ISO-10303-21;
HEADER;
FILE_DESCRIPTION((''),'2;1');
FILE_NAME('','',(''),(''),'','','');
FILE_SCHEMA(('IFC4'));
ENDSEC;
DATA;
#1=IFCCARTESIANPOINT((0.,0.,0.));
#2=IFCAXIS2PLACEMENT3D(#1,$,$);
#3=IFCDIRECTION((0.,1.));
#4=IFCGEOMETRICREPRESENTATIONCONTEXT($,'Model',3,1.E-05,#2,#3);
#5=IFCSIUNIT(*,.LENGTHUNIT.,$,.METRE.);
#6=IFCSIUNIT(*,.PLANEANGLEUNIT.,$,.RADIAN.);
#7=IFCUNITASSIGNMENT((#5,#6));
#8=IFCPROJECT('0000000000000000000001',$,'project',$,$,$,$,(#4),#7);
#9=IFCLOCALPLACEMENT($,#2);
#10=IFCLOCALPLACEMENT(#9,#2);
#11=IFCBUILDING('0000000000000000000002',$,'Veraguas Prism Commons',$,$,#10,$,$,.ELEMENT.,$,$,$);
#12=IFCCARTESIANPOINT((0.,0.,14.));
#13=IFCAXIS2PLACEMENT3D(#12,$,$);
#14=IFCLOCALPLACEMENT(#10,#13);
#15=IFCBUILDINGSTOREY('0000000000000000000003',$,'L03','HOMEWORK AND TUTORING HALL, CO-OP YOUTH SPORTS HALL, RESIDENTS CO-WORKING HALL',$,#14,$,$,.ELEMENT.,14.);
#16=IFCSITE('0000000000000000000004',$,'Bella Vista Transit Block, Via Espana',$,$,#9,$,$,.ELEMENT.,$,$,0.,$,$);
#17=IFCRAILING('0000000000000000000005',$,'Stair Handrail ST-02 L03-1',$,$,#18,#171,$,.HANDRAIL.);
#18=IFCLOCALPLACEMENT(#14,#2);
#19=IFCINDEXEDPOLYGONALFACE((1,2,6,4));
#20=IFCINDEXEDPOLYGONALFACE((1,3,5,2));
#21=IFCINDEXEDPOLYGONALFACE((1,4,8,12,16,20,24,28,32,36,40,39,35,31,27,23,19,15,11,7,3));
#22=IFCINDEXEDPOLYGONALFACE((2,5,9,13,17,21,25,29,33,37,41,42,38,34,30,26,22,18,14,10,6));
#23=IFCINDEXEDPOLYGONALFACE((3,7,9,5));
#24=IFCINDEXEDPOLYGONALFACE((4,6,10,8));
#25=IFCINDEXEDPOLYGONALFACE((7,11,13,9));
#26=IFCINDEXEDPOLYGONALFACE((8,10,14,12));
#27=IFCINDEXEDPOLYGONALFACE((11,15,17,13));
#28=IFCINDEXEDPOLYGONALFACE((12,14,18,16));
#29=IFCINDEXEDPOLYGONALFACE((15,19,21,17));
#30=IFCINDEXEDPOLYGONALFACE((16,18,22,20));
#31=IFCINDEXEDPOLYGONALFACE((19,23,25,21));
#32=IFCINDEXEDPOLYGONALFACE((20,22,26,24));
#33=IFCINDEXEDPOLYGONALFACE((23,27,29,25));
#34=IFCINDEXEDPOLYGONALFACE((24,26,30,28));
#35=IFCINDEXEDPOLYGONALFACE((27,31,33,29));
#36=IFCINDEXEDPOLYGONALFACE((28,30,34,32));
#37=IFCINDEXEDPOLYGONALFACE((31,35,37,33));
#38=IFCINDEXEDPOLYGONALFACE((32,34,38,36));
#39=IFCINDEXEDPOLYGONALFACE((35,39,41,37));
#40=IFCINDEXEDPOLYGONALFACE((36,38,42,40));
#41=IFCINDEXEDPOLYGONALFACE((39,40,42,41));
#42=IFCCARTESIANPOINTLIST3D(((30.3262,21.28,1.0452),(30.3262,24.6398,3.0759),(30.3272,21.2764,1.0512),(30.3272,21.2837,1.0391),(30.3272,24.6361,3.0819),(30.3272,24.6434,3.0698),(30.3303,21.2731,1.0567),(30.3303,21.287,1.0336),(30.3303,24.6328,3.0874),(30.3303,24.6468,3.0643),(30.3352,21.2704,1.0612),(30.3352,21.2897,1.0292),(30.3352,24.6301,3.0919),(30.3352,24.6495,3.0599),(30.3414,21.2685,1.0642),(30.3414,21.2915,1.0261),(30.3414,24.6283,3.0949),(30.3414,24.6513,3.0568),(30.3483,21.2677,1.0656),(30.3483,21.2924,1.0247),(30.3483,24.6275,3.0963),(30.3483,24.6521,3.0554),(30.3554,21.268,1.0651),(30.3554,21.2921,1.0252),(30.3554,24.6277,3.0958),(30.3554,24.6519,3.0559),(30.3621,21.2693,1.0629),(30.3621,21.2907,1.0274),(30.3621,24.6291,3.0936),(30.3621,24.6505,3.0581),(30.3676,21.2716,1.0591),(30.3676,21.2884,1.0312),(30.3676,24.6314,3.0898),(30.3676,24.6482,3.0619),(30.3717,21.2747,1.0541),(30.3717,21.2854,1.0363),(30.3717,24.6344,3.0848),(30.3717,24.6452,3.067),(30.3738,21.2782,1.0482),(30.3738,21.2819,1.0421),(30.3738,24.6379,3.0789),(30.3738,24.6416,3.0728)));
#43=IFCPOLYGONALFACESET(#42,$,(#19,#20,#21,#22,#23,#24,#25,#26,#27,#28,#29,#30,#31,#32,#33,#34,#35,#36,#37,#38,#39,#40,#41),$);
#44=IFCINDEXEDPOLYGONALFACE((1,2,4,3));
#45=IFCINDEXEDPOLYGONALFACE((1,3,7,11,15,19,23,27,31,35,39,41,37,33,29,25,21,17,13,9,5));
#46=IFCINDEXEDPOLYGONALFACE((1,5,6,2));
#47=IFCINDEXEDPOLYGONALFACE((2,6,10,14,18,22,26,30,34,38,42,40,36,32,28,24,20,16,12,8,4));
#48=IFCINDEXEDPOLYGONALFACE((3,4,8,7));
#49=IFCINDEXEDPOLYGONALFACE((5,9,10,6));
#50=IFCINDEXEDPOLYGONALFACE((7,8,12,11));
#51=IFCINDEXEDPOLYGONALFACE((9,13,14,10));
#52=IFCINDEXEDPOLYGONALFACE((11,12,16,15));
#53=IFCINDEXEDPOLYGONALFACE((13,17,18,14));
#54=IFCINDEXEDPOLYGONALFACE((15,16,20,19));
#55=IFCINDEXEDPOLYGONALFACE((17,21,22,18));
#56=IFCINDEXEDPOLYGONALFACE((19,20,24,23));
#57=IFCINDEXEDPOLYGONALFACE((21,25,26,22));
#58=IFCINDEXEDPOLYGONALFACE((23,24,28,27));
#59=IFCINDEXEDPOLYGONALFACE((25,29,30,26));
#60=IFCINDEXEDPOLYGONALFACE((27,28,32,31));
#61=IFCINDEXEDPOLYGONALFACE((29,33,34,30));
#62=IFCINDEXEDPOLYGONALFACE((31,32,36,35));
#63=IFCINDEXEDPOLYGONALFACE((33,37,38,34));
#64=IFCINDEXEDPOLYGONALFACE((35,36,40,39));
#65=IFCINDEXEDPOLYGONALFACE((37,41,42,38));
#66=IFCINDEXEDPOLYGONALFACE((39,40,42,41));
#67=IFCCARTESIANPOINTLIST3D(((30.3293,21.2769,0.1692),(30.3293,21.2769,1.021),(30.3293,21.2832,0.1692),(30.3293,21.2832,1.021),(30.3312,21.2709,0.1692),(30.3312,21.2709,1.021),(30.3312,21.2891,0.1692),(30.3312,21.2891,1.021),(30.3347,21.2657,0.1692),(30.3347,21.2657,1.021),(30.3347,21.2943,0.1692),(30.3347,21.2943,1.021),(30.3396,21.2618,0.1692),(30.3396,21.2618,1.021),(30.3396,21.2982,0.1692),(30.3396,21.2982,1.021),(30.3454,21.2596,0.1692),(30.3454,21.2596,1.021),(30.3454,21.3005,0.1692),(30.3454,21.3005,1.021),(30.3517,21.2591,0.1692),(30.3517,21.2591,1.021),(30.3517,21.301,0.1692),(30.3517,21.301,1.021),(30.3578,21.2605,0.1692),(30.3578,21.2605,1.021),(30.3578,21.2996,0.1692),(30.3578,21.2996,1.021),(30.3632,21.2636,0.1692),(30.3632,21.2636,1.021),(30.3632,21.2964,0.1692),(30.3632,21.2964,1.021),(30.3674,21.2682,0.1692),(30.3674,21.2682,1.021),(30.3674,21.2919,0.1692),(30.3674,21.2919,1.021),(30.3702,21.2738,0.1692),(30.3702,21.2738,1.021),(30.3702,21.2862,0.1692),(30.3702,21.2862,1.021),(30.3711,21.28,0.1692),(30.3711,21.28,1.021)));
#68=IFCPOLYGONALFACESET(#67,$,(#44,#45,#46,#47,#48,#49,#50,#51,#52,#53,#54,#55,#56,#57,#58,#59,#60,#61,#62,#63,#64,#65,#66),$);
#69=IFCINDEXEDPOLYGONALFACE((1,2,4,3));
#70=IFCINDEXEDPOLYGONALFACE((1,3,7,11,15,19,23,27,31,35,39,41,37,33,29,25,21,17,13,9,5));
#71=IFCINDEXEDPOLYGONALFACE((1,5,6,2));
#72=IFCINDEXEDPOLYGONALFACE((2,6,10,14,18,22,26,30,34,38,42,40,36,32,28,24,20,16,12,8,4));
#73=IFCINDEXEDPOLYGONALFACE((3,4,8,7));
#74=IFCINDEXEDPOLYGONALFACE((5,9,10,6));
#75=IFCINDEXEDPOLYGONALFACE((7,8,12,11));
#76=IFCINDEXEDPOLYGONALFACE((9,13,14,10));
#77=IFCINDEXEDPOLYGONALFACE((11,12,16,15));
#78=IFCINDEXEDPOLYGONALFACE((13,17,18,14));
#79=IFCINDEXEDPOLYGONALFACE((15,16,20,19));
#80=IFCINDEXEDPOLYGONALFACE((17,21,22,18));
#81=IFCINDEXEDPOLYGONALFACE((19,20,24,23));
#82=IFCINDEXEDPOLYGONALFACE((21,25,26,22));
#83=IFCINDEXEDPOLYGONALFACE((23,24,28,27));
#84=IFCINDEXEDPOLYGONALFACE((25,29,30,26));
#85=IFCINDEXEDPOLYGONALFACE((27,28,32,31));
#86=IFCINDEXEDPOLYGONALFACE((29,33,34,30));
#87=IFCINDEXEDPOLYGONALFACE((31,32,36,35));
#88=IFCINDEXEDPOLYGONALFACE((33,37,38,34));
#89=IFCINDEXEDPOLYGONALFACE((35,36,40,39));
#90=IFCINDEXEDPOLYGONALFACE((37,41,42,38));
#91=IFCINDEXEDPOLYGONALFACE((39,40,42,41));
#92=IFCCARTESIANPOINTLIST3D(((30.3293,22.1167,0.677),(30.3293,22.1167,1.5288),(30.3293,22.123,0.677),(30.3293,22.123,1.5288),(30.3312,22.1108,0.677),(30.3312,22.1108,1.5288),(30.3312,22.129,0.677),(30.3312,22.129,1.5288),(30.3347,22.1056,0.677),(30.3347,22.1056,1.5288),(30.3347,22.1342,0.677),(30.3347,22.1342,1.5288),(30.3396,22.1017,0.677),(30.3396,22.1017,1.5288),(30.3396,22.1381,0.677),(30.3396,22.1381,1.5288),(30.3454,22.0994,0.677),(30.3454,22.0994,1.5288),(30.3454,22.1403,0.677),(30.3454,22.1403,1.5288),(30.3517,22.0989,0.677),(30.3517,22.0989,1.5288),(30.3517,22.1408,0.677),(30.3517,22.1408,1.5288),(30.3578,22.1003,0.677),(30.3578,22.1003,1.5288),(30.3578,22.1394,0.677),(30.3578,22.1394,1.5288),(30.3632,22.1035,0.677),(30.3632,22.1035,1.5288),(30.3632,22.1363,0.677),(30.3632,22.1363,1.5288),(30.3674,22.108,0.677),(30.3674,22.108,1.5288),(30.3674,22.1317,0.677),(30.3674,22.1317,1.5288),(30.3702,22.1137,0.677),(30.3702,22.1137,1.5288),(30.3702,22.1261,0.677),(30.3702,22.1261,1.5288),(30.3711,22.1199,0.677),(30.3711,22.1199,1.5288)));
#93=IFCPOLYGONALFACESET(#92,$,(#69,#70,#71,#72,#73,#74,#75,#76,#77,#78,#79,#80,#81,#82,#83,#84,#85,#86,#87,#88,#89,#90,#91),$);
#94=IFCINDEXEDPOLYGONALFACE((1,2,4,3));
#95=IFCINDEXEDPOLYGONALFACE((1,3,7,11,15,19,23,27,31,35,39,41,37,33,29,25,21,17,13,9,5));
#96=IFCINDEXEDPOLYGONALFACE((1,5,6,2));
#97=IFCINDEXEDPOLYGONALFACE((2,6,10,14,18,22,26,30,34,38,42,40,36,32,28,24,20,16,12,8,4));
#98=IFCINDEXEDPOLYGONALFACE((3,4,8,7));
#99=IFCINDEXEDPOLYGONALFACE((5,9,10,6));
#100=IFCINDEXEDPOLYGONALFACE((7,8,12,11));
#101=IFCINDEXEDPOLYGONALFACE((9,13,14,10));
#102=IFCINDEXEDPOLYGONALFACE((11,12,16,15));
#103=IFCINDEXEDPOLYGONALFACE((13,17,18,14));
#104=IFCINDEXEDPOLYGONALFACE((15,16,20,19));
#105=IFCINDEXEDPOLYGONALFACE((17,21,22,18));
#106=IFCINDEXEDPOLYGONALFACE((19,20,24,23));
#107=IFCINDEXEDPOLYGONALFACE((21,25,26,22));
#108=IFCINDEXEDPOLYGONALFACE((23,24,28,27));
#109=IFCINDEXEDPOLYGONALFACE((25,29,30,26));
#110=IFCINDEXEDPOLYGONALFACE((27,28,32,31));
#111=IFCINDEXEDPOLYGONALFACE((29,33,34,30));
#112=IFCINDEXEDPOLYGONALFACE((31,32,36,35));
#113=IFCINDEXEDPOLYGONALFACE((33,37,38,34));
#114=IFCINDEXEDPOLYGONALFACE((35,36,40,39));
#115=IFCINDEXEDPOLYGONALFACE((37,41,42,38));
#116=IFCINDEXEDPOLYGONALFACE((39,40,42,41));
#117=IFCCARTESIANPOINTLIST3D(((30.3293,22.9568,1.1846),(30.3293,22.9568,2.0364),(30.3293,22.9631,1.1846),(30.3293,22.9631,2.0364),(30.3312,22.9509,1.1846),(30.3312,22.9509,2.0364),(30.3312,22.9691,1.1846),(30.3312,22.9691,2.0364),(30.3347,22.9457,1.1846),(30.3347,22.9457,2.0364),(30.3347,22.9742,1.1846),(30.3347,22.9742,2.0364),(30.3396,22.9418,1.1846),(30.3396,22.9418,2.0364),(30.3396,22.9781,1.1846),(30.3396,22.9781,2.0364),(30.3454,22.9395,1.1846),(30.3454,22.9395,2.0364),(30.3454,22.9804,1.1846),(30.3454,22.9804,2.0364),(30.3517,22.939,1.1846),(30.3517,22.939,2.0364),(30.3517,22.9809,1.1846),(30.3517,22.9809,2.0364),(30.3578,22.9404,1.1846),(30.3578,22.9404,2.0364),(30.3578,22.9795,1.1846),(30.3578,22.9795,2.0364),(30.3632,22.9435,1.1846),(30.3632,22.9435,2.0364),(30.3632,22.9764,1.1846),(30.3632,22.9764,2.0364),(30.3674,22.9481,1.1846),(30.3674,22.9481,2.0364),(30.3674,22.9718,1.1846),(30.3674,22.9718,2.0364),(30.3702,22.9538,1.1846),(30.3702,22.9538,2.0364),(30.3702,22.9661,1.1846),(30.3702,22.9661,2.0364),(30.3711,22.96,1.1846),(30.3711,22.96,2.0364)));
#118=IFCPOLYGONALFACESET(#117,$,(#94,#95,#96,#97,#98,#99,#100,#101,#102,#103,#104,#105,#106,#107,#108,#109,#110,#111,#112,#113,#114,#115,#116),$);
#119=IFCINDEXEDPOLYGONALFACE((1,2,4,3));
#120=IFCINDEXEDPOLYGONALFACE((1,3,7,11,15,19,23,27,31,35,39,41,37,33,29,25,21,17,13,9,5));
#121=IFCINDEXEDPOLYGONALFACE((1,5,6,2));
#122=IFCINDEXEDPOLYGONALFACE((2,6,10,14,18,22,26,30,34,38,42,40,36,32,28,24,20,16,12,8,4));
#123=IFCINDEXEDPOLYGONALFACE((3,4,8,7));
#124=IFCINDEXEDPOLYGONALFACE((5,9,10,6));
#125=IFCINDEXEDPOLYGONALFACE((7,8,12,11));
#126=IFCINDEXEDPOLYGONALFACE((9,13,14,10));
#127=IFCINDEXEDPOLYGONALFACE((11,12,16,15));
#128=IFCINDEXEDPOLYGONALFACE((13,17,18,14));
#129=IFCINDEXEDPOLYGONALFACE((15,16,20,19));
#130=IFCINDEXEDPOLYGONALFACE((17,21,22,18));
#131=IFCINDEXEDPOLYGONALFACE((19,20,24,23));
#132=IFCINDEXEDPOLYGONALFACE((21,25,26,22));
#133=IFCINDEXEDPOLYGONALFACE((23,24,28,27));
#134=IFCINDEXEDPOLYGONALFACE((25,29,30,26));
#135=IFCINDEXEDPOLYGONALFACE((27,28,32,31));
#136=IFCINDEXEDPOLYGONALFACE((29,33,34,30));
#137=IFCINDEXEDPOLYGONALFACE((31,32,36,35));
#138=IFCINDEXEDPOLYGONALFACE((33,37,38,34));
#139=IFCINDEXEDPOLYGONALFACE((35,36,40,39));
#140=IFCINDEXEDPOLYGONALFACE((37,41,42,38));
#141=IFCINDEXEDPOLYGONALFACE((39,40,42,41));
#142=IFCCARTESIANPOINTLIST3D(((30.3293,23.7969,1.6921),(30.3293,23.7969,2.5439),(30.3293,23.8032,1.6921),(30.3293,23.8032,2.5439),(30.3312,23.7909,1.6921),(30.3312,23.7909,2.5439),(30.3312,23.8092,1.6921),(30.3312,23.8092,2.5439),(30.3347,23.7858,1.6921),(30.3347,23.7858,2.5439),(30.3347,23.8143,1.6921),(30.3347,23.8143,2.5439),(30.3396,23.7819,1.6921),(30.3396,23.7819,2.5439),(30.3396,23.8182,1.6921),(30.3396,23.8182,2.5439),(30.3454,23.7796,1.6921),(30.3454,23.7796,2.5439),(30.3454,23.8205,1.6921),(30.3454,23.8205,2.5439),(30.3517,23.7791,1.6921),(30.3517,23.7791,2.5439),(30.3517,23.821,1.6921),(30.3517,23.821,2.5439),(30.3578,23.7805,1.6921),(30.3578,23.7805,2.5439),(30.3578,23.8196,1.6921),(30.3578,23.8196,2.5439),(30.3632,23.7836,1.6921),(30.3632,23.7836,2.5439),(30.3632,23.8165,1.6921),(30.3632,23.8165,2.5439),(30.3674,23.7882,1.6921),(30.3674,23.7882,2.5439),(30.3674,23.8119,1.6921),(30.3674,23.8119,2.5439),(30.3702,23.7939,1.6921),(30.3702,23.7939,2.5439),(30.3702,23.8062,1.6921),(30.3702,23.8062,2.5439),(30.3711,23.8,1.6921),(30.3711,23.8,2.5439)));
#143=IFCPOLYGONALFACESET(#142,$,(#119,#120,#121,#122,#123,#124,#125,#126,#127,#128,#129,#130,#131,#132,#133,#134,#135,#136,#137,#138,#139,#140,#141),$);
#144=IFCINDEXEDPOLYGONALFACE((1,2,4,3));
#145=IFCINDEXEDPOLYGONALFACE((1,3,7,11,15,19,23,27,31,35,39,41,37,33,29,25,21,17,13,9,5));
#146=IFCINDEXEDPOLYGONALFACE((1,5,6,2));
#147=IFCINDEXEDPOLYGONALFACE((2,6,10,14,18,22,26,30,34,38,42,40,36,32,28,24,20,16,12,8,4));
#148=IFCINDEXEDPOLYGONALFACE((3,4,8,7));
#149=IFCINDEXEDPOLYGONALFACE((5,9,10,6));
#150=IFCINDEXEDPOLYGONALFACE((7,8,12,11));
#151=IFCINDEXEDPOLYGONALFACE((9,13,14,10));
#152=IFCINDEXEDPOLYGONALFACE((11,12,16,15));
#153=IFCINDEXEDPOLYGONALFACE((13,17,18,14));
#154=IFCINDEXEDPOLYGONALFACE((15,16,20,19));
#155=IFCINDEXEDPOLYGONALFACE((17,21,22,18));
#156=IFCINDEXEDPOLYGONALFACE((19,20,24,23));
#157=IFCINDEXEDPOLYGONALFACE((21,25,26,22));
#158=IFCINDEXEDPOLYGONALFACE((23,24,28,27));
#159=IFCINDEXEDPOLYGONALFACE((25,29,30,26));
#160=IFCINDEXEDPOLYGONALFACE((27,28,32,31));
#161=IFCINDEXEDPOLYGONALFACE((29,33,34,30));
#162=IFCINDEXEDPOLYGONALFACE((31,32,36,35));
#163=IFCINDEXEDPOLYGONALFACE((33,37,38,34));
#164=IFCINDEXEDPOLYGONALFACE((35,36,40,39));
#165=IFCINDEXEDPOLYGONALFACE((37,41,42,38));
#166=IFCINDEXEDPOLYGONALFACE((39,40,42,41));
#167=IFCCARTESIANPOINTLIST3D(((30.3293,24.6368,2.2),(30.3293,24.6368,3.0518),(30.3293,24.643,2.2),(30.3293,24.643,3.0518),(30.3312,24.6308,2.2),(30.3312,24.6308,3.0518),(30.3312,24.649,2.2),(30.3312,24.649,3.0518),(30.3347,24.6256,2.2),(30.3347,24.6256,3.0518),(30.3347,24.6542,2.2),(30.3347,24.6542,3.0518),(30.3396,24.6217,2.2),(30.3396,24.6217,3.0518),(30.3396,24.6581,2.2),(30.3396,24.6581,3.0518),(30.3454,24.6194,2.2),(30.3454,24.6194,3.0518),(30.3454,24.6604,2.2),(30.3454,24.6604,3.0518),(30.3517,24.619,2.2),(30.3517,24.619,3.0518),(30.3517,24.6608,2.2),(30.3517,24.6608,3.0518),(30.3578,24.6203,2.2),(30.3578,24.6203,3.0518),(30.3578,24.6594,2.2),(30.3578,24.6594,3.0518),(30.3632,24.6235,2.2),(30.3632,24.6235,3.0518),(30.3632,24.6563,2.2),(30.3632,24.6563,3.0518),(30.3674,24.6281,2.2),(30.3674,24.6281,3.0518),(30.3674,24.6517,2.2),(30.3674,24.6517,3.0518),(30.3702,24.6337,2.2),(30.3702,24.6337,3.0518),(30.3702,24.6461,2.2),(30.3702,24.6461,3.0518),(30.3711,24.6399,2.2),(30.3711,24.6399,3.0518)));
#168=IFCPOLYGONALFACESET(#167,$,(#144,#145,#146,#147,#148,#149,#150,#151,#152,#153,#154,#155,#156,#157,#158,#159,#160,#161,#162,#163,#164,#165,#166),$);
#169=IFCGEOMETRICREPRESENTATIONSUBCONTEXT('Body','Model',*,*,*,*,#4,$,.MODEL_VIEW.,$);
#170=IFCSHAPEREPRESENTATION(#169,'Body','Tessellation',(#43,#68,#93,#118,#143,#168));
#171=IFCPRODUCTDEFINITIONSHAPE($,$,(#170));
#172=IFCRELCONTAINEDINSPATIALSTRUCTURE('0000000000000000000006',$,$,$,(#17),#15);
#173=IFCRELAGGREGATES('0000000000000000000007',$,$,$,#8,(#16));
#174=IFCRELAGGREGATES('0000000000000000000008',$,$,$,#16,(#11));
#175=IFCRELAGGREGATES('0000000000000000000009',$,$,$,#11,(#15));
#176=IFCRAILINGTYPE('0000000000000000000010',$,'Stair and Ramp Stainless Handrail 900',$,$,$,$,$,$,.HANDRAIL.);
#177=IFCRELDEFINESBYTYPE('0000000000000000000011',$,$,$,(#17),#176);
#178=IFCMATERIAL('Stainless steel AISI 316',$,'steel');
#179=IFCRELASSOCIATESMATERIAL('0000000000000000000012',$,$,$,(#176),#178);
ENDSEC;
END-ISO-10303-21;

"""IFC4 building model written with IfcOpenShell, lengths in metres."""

from ifc_helpers import new_model, si_unit, direction, frame, origin, origin_2d, place, context, subcontext, project, spatial, circle, extrude, material, type_object, element, save


model = new_model("IFC4")

# Units and contexts
model_context = context("Model", 3, precision=1e-05, world=origin(), true_north=direction((0.0, 1.0)))
body_context = subcontext(model_context, "Body", "Model", "MODEL_VIEW")
ifc_project = project(units=[si_unit("LENGTHUNIT", "METRE"), si_unit("PLANEANGLEUNIT", "RADIAN")], contexts=[model_context])

# Site, building, storey
site_placement = place(None, origin())
site = spatial("IfcSite", under=ifc_project, at=site_placement, Name="Bella Vista Transit Block, Via Espana", CompositionType="ELEMENT", RefElevation=0.0)
building_placement = place(site_placement, origin())
building = spatial("IfcBuilding", under=site, at=building_placement, Name="Veraguas Prism Commons", CompositionType="ELEMENT")
storey_placement = place(building_placement, frame((0.0, 0.0, 14.0)))
storey = spatial("IfcBuildingStorey", under=building, at=storey_placement, Name="L03", Description="HOMEWORK AND TUTORING HALL, CO-OP YOUTH SPORTS HALL, RESIDENTS CO-WORKING HALL", CompositionType="ELEMENT", Elevation=14.0)

# Railing
ifc_material_1 = material(Name="Stainless steel AISI 316", Category="steel")
railing_type_1 = type_object("IfcRailingType", Name="Stair and Ramp Stainless Handrail 900", PredefinedType="HANDRAIL", material=ifc_material_1)
railing_1_placement = place(storey_placement, frame((30.3501, 21.28, 0.1692)))
element("IfcRailing", 1, at=railing_1_placement, inside=storey, type_object=railing_type_1, Name="Stair Handrail ST-02 L03-1", PredefinedType="HANDRAIL", context=body_context, shape_type="SweptSolid", body=[
    extrude(circle(Radius=0.0239, at=origin_2d()), frame((0.0, 0.0, 0.876), z_axis=(0.0, 0.85582, 0.517273), x_axis=(-1.0, 0.0, 0.0)), (0.0, 0.0, 1.0), 3.9258),
    extrude(circle(Radius=0.021, at=origin_2d()), origin(), (0.0, 0.0, 1.0), 0.8518),
    extrude(circle(Radius=0.021, at=origin_2d()), frame((0.0, 0.8398, 0.5078)), (0.0, 0.0, 1.0), 0.8518),
    extrude(circle(Radius=0.021, at=origin_2d()), frame((0.0, 1.6799, 1.0154)), (0.0, 0.0, 1.0), 0.8518),
    extrude(circle(Radius=0.021, at=origin_2d()), frame((0.0, 2.52, 1.5229)), (0.0, 0.0, 1.0), 0.8518),
    extrude(circle(Radius=0.021, at=origin_2d()), frame((0.0, 3.3599, 2.0308)), (0.0, 0.0, 1.0), 0.8518),
])

save(model, "model.ifc")
